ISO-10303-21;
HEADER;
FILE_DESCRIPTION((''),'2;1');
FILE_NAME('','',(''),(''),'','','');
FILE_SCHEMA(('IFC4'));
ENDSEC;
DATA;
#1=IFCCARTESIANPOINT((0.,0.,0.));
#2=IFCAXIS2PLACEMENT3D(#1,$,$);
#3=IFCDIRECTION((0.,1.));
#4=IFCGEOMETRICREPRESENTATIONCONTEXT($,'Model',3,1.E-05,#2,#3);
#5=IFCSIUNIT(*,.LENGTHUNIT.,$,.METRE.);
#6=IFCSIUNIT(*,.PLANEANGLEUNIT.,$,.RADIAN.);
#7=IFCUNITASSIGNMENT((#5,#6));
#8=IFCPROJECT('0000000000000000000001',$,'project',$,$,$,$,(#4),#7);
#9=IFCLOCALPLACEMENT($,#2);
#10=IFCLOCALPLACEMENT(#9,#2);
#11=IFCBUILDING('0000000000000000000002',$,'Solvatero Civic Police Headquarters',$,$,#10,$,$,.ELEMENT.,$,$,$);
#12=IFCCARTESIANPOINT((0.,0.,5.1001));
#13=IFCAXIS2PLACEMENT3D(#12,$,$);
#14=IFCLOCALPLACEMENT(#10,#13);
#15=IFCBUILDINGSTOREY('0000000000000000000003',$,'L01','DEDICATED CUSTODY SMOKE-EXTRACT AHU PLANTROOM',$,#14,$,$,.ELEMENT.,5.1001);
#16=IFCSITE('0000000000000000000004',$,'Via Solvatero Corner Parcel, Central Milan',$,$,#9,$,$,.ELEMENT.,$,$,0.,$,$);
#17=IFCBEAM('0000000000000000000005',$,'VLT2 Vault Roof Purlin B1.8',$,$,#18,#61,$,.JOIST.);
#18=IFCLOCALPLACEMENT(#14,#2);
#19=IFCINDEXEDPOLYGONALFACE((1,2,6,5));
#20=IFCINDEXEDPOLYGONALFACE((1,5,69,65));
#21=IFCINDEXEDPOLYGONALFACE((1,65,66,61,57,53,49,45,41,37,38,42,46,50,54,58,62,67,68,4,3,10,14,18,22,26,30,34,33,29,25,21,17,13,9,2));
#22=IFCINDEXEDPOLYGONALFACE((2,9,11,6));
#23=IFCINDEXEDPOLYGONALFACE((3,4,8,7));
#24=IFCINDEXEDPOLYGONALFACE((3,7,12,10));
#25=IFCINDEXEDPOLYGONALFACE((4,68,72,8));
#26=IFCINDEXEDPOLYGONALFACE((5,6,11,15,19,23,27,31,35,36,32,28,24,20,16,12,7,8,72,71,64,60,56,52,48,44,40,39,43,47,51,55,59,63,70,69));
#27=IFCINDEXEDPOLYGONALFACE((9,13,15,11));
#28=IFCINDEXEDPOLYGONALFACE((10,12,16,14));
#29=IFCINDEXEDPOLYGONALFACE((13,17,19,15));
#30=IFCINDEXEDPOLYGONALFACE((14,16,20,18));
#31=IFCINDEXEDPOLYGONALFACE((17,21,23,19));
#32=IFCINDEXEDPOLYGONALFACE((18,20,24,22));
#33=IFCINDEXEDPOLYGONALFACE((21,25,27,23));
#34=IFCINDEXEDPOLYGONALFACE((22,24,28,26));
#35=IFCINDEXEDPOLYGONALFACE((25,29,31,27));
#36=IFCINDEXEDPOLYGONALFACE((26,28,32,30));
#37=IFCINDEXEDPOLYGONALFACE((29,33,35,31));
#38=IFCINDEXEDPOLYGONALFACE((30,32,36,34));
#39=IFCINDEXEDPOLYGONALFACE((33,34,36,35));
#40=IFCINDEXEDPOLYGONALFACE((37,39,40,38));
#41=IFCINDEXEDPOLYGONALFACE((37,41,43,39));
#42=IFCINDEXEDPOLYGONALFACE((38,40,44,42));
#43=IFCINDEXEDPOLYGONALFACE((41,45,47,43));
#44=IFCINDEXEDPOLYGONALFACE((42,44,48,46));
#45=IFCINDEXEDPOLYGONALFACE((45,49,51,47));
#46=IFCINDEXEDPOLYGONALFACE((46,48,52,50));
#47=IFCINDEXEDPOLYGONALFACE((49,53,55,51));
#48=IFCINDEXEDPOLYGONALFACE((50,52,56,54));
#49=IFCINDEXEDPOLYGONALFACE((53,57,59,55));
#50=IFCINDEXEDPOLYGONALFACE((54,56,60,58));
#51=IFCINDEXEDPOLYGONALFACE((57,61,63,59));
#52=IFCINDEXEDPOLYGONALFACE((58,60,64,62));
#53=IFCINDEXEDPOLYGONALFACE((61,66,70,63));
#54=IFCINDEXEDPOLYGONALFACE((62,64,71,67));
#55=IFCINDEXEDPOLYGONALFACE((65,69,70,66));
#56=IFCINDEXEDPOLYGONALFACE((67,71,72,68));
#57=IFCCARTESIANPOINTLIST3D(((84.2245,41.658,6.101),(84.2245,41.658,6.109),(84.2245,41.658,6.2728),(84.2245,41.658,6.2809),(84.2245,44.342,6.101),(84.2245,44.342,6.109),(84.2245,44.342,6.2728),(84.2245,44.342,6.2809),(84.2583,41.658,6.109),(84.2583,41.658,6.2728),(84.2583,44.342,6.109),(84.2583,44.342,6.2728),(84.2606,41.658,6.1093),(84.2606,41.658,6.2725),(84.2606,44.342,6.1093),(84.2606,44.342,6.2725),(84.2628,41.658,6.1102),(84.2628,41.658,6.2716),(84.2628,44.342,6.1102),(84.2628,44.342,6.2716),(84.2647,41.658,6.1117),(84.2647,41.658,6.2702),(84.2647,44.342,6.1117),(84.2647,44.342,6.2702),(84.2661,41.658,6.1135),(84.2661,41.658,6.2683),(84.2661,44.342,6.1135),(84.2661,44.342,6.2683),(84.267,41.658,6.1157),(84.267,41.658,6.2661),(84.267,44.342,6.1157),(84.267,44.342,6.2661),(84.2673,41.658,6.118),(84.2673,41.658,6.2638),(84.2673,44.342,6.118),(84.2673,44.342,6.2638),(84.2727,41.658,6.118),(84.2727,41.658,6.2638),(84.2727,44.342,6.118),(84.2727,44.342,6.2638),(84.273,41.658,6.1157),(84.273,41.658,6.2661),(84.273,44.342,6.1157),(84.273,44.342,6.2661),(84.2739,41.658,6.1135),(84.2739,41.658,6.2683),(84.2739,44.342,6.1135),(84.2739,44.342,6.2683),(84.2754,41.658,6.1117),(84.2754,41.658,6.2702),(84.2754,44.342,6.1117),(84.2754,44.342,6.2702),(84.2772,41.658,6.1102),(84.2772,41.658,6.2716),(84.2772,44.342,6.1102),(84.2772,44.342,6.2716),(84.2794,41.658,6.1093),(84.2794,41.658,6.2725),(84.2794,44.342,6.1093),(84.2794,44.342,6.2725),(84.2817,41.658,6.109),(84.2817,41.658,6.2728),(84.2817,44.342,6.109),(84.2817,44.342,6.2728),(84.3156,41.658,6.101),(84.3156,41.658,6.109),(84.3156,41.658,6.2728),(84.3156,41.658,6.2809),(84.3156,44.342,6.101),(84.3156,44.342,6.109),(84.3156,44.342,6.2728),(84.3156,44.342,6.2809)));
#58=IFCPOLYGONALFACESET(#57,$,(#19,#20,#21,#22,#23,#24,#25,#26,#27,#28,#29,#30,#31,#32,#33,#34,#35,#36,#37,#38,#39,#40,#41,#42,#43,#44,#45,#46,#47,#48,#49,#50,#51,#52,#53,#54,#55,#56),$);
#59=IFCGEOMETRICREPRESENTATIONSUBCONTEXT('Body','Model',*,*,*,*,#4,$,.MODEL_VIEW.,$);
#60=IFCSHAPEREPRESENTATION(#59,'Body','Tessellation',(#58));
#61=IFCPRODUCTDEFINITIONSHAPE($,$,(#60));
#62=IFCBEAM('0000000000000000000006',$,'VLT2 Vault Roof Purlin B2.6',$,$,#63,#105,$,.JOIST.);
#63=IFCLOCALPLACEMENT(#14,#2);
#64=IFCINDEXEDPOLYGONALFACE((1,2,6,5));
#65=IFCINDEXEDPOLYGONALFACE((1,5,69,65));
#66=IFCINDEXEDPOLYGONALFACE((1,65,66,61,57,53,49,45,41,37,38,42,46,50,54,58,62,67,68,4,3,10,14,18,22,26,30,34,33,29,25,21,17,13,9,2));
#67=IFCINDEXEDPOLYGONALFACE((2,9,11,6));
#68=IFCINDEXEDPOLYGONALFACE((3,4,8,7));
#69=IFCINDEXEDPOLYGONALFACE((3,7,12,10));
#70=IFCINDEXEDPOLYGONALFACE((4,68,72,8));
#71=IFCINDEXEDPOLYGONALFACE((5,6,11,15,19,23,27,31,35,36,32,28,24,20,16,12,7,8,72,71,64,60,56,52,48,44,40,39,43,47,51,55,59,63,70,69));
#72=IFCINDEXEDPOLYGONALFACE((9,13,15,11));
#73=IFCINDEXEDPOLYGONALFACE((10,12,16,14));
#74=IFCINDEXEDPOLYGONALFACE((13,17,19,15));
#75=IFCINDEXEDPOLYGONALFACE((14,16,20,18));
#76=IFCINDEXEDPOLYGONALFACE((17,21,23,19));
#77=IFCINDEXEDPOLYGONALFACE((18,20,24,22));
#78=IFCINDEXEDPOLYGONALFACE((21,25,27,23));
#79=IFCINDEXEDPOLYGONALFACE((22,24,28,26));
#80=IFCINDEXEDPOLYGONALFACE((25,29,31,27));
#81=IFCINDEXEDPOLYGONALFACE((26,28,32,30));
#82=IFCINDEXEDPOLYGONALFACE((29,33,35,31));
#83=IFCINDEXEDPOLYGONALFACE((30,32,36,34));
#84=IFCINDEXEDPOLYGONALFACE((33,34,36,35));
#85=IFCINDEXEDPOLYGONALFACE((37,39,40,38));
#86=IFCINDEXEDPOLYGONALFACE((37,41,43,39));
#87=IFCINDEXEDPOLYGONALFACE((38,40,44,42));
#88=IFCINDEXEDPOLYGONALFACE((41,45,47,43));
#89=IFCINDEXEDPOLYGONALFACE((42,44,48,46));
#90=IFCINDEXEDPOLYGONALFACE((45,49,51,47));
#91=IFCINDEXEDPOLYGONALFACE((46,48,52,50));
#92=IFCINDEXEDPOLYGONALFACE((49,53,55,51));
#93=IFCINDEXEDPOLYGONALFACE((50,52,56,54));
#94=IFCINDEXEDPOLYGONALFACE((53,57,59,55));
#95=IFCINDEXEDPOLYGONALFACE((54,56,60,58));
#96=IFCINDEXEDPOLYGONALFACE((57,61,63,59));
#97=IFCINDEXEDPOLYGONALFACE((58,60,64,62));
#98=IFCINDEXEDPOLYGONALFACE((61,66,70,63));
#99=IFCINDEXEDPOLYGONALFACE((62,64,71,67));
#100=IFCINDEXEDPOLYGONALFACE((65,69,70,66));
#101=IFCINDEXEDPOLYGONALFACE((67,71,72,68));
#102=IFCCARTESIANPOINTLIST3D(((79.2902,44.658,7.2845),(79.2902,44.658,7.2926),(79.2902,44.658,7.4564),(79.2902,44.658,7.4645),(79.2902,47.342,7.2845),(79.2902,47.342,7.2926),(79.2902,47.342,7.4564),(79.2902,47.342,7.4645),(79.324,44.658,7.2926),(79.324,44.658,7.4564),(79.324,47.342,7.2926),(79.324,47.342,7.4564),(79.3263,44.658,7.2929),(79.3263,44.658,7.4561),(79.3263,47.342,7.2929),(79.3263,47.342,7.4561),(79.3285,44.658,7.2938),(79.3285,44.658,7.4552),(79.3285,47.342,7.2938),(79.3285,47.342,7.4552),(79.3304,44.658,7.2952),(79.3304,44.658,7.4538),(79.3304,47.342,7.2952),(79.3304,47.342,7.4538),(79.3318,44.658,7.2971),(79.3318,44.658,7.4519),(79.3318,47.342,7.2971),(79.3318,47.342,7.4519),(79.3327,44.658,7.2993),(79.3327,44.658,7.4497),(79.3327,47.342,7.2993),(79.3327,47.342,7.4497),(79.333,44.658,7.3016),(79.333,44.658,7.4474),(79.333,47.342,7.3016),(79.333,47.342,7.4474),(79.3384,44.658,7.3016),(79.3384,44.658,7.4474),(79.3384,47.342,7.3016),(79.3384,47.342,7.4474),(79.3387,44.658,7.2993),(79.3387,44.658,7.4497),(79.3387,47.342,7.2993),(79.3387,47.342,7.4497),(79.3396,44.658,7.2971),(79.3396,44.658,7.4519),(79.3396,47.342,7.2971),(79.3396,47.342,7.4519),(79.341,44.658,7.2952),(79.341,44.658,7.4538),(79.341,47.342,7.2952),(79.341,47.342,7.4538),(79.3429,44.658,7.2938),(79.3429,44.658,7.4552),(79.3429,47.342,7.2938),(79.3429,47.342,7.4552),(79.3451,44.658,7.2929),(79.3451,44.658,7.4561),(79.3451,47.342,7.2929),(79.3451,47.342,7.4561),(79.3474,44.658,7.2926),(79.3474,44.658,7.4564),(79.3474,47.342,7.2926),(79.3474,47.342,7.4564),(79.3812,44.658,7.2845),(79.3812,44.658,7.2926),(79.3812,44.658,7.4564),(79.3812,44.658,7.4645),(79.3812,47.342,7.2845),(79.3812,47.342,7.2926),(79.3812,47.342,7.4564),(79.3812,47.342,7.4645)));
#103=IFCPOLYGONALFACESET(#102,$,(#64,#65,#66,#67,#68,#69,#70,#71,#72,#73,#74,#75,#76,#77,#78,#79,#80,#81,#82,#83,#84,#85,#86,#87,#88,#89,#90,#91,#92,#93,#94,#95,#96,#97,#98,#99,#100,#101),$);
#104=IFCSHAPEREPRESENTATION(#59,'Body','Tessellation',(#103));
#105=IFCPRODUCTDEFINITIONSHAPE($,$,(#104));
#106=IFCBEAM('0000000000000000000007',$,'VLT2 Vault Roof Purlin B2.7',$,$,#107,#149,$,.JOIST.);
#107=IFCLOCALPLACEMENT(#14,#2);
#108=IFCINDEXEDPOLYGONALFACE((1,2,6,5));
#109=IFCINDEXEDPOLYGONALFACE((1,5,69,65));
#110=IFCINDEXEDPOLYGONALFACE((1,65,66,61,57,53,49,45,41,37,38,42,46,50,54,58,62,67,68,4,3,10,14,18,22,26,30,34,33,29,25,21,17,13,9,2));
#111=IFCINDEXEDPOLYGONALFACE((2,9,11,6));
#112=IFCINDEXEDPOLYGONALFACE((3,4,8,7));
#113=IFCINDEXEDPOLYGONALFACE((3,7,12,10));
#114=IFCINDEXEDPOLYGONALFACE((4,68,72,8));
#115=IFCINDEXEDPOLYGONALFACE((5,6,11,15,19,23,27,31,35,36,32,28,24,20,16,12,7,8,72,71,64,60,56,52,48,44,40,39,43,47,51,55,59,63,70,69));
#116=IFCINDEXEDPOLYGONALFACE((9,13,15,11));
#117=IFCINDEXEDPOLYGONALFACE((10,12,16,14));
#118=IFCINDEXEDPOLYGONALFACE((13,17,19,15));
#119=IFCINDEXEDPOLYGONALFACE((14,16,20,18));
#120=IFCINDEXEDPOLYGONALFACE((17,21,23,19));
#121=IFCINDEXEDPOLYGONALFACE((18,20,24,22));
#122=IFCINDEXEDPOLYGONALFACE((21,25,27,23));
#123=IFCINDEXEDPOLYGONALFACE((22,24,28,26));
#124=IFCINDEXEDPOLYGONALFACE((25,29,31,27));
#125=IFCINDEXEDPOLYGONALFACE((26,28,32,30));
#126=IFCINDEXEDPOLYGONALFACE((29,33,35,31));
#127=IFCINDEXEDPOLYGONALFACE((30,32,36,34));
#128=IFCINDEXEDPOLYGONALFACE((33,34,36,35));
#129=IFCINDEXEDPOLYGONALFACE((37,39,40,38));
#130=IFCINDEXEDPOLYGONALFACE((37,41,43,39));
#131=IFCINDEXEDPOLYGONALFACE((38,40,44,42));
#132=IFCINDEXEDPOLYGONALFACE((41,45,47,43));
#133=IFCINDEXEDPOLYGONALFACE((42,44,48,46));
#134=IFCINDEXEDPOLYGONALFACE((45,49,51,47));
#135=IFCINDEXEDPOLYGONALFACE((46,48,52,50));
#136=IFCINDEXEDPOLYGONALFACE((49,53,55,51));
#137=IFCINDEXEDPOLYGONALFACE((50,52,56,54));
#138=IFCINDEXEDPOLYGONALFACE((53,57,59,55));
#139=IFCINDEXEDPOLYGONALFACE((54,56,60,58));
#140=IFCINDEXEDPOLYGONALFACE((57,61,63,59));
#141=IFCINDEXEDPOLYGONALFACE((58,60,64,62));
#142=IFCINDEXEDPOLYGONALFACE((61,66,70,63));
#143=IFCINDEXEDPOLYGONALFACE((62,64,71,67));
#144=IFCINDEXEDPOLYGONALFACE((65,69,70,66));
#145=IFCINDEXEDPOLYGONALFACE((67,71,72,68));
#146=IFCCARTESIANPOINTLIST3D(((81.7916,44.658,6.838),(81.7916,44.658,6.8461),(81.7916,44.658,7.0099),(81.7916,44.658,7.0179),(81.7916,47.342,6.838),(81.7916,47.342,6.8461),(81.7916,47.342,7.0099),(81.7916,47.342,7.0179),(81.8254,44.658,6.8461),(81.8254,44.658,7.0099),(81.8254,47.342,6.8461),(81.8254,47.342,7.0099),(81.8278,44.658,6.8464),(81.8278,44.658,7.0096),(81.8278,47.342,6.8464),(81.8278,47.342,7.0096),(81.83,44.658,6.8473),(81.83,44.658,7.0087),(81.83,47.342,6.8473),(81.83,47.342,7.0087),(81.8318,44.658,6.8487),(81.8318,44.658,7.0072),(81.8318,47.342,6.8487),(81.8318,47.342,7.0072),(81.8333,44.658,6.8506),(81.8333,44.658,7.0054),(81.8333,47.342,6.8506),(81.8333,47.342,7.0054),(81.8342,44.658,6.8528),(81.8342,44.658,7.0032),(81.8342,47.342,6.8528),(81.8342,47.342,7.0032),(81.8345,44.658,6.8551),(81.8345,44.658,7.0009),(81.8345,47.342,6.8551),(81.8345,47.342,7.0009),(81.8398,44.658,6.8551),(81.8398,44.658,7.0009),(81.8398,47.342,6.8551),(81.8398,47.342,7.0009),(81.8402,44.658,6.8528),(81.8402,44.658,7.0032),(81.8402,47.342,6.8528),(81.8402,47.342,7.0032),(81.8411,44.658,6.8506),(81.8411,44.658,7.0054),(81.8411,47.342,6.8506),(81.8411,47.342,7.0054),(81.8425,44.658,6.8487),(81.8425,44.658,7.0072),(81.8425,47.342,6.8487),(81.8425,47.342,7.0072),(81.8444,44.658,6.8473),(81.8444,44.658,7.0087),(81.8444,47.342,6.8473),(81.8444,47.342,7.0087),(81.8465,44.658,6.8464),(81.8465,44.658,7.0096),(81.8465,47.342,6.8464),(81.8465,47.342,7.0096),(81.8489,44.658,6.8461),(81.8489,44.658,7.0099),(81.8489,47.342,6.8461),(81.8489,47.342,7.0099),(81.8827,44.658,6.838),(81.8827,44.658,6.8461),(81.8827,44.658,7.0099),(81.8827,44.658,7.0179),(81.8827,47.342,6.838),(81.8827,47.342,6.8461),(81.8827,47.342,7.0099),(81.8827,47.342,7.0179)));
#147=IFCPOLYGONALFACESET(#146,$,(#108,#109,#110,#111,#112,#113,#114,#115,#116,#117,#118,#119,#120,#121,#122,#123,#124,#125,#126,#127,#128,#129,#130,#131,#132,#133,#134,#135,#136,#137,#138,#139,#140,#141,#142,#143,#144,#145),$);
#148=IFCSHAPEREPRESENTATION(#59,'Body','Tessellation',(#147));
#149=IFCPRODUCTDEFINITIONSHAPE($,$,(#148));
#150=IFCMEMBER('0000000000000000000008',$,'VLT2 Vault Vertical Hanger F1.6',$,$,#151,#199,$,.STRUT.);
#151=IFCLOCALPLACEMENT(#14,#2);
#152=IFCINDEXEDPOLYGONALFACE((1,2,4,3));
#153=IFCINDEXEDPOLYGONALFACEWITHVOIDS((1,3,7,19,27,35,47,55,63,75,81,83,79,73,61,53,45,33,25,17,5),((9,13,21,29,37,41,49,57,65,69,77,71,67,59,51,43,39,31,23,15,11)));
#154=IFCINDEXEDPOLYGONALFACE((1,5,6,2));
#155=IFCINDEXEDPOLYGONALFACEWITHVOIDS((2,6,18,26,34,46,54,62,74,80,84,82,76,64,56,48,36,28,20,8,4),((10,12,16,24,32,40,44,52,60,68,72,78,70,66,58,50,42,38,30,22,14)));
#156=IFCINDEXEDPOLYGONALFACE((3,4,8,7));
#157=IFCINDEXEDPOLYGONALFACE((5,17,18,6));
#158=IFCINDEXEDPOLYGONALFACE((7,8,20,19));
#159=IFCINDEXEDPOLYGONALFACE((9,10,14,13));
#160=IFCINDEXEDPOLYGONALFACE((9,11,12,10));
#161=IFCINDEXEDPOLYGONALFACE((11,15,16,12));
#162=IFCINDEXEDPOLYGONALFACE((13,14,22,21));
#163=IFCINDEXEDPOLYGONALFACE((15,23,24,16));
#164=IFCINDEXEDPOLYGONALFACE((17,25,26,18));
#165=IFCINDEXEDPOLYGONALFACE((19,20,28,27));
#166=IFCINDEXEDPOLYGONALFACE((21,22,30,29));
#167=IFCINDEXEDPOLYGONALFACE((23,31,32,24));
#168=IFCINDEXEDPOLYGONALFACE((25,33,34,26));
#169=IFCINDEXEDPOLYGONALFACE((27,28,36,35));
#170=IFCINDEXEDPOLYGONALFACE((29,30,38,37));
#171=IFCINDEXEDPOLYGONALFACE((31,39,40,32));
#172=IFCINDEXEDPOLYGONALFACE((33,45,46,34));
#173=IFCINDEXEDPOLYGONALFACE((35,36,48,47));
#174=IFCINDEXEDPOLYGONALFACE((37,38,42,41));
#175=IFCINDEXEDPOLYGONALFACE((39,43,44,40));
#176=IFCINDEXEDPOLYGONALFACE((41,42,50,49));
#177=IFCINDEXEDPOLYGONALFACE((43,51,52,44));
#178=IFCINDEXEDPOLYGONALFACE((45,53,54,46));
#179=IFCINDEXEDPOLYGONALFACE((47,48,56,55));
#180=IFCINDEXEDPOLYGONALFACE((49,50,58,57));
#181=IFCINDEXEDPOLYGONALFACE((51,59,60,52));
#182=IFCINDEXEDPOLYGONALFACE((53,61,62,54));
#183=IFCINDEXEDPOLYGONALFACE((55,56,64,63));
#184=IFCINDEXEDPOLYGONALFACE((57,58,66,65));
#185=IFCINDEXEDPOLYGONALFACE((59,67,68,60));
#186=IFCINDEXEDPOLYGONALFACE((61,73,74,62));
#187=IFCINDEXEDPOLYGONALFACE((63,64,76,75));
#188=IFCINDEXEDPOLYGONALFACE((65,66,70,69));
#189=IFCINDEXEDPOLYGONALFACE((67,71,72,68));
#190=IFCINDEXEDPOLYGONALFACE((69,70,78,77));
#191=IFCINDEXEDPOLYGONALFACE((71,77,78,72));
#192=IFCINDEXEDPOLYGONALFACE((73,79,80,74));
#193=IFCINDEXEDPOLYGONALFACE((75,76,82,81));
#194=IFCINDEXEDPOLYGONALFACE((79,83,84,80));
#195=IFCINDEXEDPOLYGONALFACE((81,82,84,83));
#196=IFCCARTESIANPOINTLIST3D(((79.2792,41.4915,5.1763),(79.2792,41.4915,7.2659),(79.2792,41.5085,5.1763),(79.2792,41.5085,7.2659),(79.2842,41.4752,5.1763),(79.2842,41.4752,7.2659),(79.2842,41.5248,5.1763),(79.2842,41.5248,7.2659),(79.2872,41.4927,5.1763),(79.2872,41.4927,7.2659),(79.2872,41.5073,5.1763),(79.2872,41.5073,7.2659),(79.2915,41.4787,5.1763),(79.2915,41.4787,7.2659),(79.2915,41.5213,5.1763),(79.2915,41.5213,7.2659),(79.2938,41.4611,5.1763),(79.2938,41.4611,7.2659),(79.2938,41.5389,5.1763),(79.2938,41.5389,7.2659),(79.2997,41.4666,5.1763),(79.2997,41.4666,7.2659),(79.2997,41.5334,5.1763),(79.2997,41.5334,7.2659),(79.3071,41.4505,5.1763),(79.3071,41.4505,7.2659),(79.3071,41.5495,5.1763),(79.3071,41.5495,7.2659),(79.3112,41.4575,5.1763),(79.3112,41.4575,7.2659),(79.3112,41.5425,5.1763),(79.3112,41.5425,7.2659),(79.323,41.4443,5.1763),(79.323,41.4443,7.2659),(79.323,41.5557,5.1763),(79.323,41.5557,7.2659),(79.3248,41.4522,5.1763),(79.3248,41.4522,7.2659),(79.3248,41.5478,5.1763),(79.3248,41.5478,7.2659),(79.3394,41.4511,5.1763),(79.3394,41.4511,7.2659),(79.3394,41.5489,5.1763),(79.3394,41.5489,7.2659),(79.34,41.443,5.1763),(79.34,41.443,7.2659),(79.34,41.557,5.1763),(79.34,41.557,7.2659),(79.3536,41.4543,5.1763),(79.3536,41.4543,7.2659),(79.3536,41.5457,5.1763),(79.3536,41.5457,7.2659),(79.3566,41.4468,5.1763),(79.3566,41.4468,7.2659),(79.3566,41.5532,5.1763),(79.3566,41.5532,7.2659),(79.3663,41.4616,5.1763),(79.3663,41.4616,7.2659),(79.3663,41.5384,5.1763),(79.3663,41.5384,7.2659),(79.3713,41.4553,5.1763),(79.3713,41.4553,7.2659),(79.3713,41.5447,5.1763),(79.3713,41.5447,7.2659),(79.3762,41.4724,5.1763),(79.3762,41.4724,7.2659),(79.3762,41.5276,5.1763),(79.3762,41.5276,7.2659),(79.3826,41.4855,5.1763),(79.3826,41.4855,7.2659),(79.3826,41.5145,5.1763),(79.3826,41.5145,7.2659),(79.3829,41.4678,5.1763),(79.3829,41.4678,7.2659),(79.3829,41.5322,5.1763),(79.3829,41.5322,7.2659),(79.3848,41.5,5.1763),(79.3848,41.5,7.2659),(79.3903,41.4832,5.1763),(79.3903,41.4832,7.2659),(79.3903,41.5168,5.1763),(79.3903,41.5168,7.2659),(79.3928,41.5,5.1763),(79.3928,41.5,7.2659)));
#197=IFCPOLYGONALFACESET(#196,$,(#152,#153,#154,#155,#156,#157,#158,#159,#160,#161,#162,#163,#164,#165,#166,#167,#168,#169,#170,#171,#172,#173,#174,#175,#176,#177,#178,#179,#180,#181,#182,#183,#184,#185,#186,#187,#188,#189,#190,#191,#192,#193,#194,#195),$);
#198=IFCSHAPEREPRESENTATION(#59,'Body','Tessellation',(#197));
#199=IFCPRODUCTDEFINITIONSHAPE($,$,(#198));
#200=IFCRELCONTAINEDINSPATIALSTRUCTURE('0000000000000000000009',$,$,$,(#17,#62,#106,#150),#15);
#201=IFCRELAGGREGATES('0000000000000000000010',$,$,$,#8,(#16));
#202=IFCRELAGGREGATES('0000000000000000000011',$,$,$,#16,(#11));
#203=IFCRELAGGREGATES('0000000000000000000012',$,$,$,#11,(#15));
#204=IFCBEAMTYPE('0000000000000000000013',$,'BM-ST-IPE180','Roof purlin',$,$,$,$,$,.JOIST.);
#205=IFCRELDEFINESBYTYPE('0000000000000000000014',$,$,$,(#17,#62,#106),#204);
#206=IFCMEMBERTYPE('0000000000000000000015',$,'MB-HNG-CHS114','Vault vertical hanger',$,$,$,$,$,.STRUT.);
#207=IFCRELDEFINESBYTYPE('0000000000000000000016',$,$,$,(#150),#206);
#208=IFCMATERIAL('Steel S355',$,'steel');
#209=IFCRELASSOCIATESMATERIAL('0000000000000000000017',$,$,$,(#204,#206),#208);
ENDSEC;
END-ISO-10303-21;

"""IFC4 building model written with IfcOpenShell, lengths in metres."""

from ifc_helpers import new_model, si_unit, direction, frame, origin, origin_2d, place, context, subcontext, project, spatial, hollow_circle, i_section, extrude, material, material_profile, profile_set, type_object, element, save


model = new_model("IFC4")

# Units and contexts
model_context = context("Model", 3, precision=1e-05, world=origin(), true_north=direction((0.0, 1.0)))
body_context = subcontext(model_context, "Body", "Model", "MODEL_VIEW")
ifc_project = project(units=[si_unit("LENGTHUNIT", "METRE"), si_unit("PLANEANGLEUNIT", "RADIAN")], contexts=[model_context])

# Site, building, storey
site_placement = place(None, origin())
site = spatial("IfcSite", under=ifc_project, at=site_placement, Name="Via Solvatero Corner Parcel, Central Milan", CompositionType="ELEMENT", RefElevation=0.0)
building_placement = place(site_placement, origin())
building = spatial("IfcBuilding", under=site, at=building_placement, Name="Solvatero Civic Police Headquarters", CompositionType="ELEMENT")
storey_placement = place(building_placement, frame((0.0, 0.0, 5.1001)))
storey = spatial("IfcBuildingStorey", under=building, at=storey_placement, Name="L01", Description="DEDICATED CUSTODY SMOKE-EXTRACT AHU PLANTROOM", CompositionType="ELEMENT", Elevation=5.1001)

# Beams
ifc_material_1 = material(Name="Steel S355", Category="steel")
ifc_material_profile_1 = material_profile(ifc_material_1, i_section(OverallWidth=0.0911, OverallDepth=0.1799, WebThickness=0.0054, FlangeThickness=0.0081, FilletRadius=0.009, at=origin_2d()), Name="IPE 180")
ifc_profile_set_1 = profile_set([ifc_material_profile_1], Name="Steel S355")
beam_type_1 = type_object("IfcBeamType", Name="BM-ST-IPE180", Description="Roof purlin", PredefinedType="JOIST", material=ifc_profile_set_1)
for number, where, z_axis, x_axis, name in (
    (1, (84.27, 41.658, 6.1909), (0.0, 1.0, 0.0), (-1.0, 0.0, 0.0), "VLT2 Vault Roof Purlin B1.8"),
    (2, (79.3357, 44.658, 7.3745), (0.0, 1.0, 0.0), (-1.0, 0.0, 0.0), "VLT2 Vault Roof Purlin B2.6"),
    (3, (81.8372, 44.658, 6.928), (0.0, 1.0, 0.0), (-1.0, 0.0, 0.0), "VLT2 Vault Roof Purlin B2.7"),
):
    element("IfcBeam", number, at=place(storey_placement, frame(where, z_axis=z_axis, x_axis=x_axis)), inside=storey, type_object=beam_type_1, Name=name, PredefinedType="JOIST", context=body_context, shape_type="SweptSolid", body=[
        extrude(i_section(OverallWidth=0.0911, OverallDepth=0.1799, WebThickness=0.0054, FlangeThickness=0.0081, FilletRadius=0.009, at=origin_2d()), origin(), (0.0, 0.0, 1.0), 2.6841),
    ])

# Member
ifc_material_profile_2 = material_profile(ifc_material_1, hollow_circle(Radius=0.0571, WallThickness=0.0081, at=origin_2d()), Name="CHS 114.3x8.0")
ifc_profile_set_2 = profile_set([ifc_material_profile_2], Name="Steel S355")
member_type_1 = type_object("IfcMemberType", Name="MB-HNG-CHS114", Description="Vault vertical hanger", PredefinedType="STRUT", material=ifc_profile_set_2)
member_1_placement = place(storey_placement, frame((79.3357, 41.5, 5.1763), z_axis=(0.0, 0.0, 1.0), x_axis=(1.0, 0.0, 0.0)))
element("IfcMember", 4, at=member_1_placement, inside=storey, type_object=member_type_1, Name="VLT2 Vault Vertical Hanger F1.6", PredefinedType="STRUT", context=body_context, shape_type="SweptSolid", body=[
    extrude(hollow_circle(Radius=0.0571, WallThickness=0.0081, at=origin_2d()), origin(), (0.0, 0.0, 1.0), 2.0896),
])

save(model, "model.ifc")
